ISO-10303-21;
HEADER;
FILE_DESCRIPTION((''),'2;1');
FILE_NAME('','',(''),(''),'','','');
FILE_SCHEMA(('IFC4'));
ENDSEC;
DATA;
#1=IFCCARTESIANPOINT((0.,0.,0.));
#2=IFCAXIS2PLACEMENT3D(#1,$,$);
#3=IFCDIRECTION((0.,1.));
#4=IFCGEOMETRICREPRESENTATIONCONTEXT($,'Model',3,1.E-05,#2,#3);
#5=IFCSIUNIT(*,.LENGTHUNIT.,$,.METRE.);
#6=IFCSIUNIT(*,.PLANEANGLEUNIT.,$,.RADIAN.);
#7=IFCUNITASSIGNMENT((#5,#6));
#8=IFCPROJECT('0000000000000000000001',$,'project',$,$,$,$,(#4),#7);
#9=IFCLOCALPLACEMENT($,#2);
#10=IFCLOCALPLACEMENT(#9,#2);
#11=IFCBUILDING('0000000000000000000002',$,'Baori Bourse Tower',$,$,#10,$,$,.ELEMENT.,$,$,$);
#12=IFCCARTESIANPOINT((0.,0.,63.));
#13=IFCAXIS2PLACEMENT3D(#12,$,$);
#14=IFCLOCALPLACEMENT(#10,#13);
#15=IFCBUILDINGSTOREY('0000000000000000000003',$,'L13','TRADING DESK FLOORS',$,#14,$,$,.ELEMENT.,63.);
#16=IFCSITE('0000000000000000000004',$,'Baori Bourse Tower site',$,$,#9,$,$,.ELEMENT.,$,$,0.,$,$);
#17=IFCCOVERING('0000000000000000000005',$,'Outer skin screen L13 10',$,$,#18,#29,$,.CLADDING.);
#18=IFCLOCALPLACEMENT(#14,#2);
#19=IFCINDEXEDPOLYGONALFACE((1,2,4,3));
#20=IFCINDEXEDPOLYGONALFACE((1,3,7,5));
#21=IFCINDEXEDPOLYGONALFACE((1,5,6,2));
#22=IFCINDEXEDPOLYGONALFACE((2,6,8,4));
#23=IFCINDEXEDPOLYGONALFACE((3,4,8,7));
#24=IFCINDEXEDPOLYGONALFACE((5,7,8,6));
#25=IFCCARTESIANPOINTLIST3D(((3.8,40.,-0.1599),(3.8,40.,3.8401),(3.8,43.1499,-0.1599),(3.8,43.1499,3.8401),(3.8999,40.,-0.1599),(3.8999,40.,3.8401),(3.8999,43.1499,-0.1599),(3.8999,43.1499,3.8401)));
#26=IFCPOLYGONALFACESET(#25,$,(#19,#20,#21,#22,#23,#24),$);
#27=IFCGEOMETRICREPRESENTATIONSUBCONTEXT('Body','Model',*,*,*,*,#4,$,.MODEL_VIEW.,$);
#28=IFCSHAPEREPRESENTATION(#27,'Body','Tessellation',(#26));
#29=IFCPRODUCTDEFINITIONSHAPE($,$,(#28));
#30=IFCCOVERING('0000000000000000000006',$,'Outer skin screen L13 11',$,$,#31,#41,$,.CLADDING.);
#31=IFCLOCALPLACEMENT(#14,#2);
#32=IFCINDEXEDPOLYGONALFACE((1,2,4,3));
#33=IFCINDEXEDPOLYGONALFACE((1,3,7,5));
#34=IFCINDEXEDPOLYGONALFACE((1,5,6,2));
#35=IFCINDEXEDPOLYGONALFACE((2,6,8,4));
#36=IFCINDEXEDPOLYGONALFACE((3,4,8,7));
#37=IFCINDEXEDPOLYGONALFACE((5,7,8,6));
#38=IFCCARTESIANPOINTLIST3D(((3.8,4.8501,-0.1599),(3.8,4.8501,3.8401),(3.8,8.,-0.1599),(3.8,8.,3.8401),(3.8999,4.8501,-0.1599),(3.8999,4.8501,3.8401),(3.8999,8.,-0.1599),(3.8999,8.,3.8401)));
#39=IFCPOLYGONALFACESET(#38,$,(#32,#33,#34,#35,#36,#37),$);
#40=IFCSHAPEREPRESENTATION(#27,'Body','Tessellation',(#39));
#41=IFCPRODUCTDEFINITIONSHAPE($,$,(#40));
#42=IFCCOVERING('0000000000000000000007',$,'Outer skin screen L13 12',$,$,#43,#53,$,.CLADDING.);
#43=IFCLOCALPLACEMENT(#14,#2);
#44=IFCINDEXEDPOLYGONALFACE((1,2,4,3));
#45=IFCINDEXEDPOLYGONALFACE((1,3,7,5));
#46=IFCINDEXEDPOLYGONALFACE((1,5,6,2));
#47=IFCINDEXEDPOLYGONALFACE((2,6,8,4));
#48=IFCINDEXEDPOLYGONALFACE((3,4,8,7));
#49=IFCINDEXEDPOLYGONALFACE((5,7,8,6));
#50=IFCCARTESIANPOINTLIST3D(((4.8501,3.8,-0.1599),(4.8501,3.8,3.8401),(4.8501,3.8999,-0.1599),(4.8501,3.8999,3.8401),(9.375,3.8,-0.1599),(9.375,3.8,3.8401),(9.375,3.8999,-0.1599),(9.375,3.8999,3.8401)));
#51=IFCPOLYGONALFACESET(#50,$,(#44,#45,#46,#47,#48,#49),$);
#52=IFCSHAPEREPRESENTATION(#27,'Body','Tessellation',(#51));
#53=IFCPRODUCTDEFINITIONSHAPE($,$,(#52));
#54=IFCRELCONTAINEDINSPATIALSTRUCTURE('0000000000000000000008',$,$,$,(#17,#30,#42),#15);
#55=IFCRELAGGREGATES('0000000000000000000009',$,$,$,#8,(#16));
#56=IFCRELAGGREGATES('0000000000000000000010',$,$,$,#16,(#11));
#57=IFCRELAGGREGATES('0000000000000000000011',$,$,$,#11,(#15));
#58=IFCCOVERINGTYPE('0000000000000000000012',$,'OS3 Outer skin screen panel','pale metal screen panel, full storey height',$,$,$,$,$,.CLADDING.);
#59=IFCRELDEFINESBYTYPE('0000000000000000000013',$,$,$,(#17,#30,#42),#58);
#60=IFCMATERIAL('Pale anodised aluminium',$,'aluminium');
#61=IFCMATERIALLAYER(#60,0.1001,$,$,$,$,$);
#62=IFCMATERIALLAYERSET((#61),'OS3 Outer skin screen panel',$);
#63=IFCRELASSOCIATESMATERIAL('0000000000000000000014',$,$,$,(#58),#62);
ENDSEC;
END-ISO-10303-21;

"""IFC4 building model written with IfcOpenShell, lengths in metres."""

from ifc_helpers import new_model, si_unit, direction, frame, origin, place, context, subcontext, project, spatial, polyline, outline, extrude, material, layer, layer_set, type_object, element, save


model = new_model("IFC4")

# Units and contexts
model_context = context("Model", 3, precision=1e-05, world=origin(), true_north=direction((0.0, 1.0)))
body_context = subcontext(model_context, "Body", "Model", "MODEL_VIEW")
ifc_project = project(units=[si_unit("LENGTHUNIT", "METRE"), si_unit("PLANEANGLEUNIT", "RADIAN")], contexts=[model_context])

# Site, building, storey
site_placement = place(None, origin())
site = spatial("IfcSite", under=ifc_project, at=site_placement, Name="Baori Bourse Tower site", CompositionType="ELEMENT", RefElevation=0.0)
building_placement = place(site_placement, origin())
building = spatial("IfcBuilding", under=site, at=building_placement, Name="Baori Bourse Tower", CompositionType="ELEMENT")
storey_placement = place(building_placement, frame((0.0, 0.0, 63.0)))
storey = spatial("IfcBuildingStorey", under=building, at=storey_placement, Name="L13", Description="TRADING DESK FLOORS", CompositionType="ELEMENT", Elevation=63.0)

# Coverings
ifc_material_1 = material(Name="Pale anodised aluminium", Category="aluminium")
ifc_layer_1 = layer(ifc_material_1, 0.1001)
ifc_layer_set_1 = layer_set([ifc_layer_1], Name="OS3 Outer skin screen panel")
covering_type = type_object("IfcCoveringType", Name="OS3 Outer skin screen panel", Description="pale metal screen panel, full storey height", PredefinedType="CLADDING", material=ifc_layer_set_1)
covering_1_placement = place(storey_placement, frame((0.0, 0.0, -0.1599)))
element("IfcCovering", 1, at=covering_1_placement, inside=storey, type_object=covering_type, Name="Outer skin screen L13 10", PredefinedType="CLADDING", context=body_context, shape_type="SweptSolid", body=[
    extrude(outline(polyline([(3.8999, 40.0), (3.8999, 43.1499), (3.8, 43.1499), (3.8, 40.0), (3.8999, 40.0), (3.8999, 40.0)])), origin(), (0.0, 0.0, 1.0), 4.0),
])
covering_2_placement = place(storey_placement, frame((0.0, 0.0, -0.1599)))
element("IfcCovering", 2, at=covering_2_placement, inside=storey, type_object=covering_type, Name="Outer skin screen L13 11", PredefinedType="CLADDING", context=body_context, shape_type="SweptSolid", body=[
    extrude(outline(polyline([(3.8999, 4.8501), (3.8999, 8.0), (3.8999, 8.0), (3.8, 8.0), (3.8, 4.8501), (3.8999, 4.8501)])), origin(), (0.0, 0.0, 1.0), 4.0),
])
covering_3_placement = place(storey_placement, frame((0.0, 0.0, -0.1599)))
element("IfcCovering", 3, at=covering_3_placement, inside=storey, type_object=covering_type, Name="Outer skin screen L13 12", PredefinedType="CLADDING", context=body_context, shape_type="SweptSolid", body=[
    extrude(outline(polyline([(9.375, 3.8999), (4.8501, 3.8999), (4.8501, 3.8), (9.375, 3.8), (9.375, 3.8999)])), origin(), (0.0, 0.0, 1.0), 4.0),
])

save(model, "model.ifc")
